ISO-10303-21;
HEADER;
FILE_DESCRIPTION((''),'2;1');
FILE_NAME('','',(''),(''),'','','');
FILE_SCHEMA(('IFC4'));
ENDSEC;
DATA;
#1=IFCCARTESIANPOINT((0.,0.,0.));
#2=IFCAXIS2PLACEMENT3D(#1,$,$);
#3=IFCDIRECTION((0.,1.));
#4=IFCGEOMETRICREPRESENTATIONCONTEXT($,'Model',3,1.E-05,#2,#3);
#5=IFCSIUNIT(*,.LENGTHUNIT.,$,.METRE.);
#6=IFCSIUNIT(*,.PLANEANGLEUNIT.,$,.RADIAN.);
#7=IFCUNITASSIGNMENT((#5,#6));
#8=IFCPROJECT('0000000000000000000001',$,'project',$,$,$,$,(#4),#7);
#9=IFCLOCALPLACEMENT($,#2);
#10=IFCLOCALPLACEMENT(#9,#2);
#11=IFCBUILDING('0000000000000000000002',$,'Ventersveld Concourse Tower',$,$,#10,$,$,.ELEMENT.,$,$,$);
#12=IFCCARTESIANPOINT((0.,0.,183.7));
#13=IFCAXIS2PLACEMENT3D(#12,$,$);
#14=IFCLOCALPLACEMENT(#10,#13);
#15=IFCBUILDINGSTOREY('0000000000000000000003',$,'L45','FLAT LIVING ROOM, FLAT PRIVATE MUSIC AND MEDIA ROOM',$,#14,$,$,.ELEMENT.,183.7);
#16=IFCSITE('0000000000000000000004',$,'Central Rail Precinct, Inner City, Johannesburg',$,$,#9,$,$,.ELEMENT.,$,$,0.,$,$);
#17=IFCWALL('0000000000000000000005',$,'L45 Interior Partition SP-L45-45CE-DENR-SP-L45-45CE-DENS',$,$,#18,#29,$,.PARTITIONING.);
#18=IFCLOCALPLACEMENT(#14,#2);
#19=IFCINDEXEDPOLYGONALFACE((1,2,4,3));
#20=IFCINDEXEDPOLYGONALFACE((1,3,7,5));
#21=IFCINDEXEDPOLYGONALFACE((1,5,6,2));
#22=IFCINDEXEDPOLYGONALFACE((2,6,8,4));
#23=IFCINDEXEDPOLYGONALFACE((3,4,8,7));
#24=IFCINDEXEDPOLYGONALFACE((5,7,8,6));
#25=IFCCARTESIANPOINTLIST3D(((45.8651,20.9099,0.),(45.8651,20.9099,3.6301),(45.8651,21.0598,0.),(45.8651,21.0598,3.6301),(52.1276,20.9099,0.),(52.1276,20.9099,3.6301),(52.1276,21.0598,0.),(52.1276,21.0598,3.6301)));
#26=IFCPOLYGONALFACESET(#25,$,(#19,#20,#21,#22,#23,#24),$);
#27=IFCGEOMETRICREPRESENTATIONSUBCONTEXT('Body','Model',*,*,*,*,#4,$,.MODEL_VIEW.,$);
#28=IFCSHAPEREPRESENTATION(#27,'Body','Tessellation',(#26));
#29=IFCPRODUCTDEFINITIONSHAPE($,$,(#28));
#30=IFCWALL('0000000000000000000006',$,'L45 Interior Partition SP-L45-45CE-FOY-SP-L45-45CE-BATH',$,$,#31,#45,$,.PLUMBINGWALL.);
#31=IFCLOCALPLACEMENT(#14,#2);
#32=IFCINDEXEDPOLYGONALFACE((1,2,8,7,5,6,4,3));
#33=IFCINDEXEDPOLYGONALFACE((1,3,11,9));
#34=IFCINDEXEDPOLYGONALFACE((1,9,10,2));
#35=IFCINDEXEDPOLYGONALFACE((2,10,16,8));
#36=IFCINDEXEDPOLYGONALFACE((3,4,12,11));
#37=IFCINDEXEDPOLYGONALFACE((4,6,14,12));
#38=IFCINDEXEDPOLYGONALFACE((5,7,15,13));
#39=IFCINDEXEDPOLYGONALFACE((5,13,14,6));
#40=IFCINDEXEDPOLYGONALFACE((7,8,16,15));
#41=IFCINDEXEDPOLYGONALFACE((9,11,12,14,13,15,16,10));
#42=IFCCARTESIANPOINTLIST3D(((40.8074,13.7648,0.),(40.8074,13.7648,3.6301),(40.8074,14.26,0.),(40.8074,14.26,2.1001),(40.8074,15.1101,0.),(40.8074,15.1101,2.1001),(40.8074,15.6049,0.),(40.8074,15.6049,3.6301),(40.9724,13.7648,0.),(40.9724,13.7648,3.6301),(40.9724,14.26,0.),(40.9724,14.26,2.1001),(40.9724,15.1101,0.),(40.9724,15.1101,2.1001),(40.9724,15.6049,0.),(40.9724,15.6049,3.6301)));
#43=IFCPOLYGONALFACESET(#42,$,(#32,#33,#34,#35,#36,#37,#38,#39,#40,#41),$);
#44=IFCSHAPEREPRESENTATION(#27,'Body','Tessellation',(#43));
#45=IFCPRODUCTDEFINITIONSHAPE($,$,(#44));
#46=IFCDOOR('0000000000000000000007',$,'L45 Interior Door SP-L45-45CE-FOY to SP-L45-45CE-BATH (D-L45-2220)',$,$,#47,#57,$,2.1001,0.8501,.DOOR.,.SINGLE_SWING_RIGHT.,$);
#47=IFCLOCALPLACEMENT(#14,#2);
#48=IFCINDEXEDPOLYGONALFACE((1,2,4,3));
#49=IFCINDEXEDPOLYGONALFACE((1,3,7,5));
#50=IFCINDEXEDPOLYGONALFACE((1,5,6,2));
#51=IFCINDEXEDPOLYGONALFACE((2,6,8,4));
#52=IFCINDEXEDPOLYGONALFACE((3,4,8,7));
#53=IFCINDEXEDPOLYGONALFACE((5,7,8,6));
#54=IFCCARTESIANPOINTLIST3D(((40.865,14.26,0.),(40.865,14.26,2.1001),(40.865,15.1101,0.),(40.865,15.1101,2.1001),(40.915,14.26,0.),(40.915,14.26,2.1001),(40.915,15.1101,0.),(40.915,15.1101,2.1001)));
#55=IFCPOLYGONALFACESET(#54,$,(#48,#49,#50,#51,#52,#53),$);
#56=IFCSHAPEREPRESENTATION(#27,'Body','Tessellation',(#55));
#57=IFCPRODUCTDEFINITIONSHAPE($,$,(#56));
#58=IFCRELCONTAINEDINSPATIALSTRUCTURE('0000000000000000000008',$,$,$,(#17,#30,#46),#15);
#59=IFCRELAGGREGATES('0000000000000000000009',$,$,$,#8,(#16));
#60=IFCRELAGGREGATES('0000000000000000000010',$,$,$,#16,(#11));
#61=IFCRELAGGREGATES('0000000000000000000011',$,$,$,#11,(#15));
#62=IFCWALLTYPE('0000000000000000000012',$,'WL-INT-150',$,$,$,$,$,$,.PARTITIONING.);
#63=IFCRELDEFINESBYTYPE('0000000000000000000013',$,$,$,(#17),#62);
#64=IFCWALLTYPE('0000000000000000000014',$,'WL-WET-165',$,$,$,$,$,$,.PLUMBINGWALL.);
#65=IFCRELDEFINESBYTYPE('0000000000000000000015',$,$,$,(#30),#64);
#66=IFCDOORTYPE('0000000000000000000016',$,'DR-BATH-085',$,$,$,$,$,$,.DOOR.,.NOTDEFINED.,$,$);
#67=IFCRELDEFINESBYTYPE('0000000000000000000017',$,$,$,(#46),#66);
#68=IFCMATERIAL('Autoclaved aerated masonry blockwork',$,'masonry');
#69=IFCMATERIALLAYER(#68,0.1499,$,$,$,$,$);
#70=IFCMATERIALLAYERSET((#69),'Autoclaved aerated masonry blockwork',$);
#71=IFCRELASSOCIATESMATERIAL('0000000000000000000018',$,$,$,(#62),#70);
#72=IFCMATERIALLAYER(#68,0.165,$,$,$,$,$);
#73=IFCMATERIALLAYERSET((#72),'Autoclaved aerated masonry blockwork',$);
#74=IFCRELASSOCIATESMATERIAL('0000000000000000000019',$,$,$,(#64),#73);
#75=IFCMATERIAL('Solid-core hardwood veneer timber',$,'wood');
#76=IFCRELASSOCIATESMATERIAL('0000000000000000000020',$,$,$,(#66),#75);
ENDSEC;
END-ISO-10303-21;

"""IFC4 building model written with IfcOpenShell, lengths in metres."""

from ifc_helpers import new_model, si_unit, direction, frame, frame_2d, origin, place, context, subcontext, project, spatial, rectangle, extrude, material, layer, layer_set, type_object, element, fill, save


model = new_model("IFC4")

# Units and contexts
model_context = context("Model", 3, precision=1e-05, world=origin(), true_north=direction((0.0, 1.0)))
body_context = subcontext(model_context, "Body", "Model", "MODEL_VIEW")
ifc_project = project(units=[si_unit("LENGTHUNIT", "METRE"), si_unit("PLANEANGLEUNIT", "RADIAN")], contexts=[model_context])

# Site, building, storey
site_placement = place(None, origin())
site = spatial("IfcSite", under=ifc_project, at=site_placement, Name="Central Rail Precinct, Inner City, Johannesburg", CompositionType="ELEMENT", RefElevation=0.0)
building_placement = place(site_placement, origin())
building = spatial("IfcBuilding", under=site, at=building_placement, Name="Ventersveld Concourse Tower", CompositionType="ELEMENT")
storey_placement = place(building_placement, frame((0.0, 0.0, 183.7)))
storey = spatial("IfcBuildingStorey", under=building, at=storey_placement, Name="L45", Description="FLAT LIVING ROOM, FLAT PRIVATE MUSIC AND MEDIA ROOM", CompositionType="ELEMENT", Elevation=183.7)

# Shared definitions
ifc_material_1 = material(Name="Solid-core hardwood veneer timber", Category="wood")

# Shared definitions
ifc_material_2 = material(Name="Autoclaved aerated masonry blockwork", Category="masonry")
ifc_layer_1 = layer(ifc_material_2, 0.1499)
ifc_layer_set_1 = layer_set([ifc_layer_1], Name="Autoclaved aerated masonry blockwork")
wall_type_1 = type_object("IfcWallType", Name="WL-INT-150", PredefinedType="PARTITIONING", material=ifc_layer_set_1)

# Wall
for number, where, z_axis, x_axis, name in (
    (1, (45.865, 20.9849, 0.0), (0.0, 0.0, 1.0), (1.0, 0.0, 0.0), "L45 Interior Partition SP-L45-45CE-DENR-SP-L45-45CE-DENS"),
):
    element("IfcWall", number, at=place(storey_placement, frame(where, z_axis=z_axis, x_axis=x_axis)), inside=storey, type_object=wall_type_1, Name=name, PredefinedType="PARTITIONING", context=body_context, shape_type="SweptSolid", body=[
        extrude(rectangle(XDim=6.2625, YDim=0.1499, at=frame_2d((3.1313, 0.0))), origin(), (0.0, 0.0, 1.0), 3.6301),
    ])

# Wall, opening, door
ifc_layer_2 = layer(ifc_material_2, 0.165)
ifc_layer_set_2 = layer_set([ifc_layer_2], Name="Autoclaved aerated masonry blockwork")
wall_type_2 = type_object("IfcWallType", Name="WL-WET-165", PredefinedType="PLUMBINGWALL", material=ifc_layer_set_2)
wall_1_placement = place(storey_placement, frame((40.8899, 13.7649, 0.0), z_axis=(0.0, 0.0, 1.0), x_axis=(0.0, 1.0, 0.0)))
wall_1 = element("IfcWall", 2, at=wall_1_placement, inside=storey, type_object=wall_type_2, Name="L45 Interior Partition SP-L45-45CE-FOY-SP-L45-45CE-BATH", PredefinedType="PLUMBINGWALL", context=body_context, shape_type="SweptSolid", body=[
    extrude(rectangle(XDim=1.8401, YDim=0.165, at=frame_2d((0.9199, 0.0))), origin(), (0.0, 0.0, 1.0), 3.6301),
])
opening_1_placement = place(wall_1_placement, frame((0.4951, 0.0, 0.0)))
opening_1 = element("IfcOpeningElement", 3, at=opening_1_placement, cuts=wall_1, PredefinedType="OPENING", context=body_context, shape_type="SweptSolid", body=[
    extrude(rectangle(XDim=0.8501, YDim=2.1001, at=frame_2d((0.425, 1.05))), frame((0.0, 0.0925, 0.0), z_axis=(0.0, -1.0, 0.0), x_axis=(1.0, 0.0, 0.0)), (0.0, 0.0, 1.0), 0.1851),
])
door_type_1 = type_object("IfcDoorType", Name="DR-BATH-085", OperationType="NOTDEFINED", PredefinedType="DOOR", material=ifc_material_1)
door_1_placement = place(opening_1_placement, origin())
door_1 = element("IfcDoor", 4, at=door_1_placement, inside=storey, type_object=door_type_1, Name="L45 Interior Door SP-L45-45CE-FOY to SP-L45-45CE-BATH (D-L45-2220)", OperationType="SINGLE_SWING_RIGHT", OverallHeight=2.1001, OverallWidth=0.8501, PredefinedType="DOOR", context=body_context, shape_type="SweptSolid", body=[
    extrude(rectangle(XDim=0.8501, YDim=2.1001, at=frame_2d((0.425, 1.05))), frame((0.0, 0.0249, 0.0), z_axis=(0.0, -1.0, 0.0), x_axis=(1.0, 0.0, 0.0)), (0.0, 0.0, 1.0), 0.05),
])
fill(opening_1, door_1)

save(model, "model.ifc")
